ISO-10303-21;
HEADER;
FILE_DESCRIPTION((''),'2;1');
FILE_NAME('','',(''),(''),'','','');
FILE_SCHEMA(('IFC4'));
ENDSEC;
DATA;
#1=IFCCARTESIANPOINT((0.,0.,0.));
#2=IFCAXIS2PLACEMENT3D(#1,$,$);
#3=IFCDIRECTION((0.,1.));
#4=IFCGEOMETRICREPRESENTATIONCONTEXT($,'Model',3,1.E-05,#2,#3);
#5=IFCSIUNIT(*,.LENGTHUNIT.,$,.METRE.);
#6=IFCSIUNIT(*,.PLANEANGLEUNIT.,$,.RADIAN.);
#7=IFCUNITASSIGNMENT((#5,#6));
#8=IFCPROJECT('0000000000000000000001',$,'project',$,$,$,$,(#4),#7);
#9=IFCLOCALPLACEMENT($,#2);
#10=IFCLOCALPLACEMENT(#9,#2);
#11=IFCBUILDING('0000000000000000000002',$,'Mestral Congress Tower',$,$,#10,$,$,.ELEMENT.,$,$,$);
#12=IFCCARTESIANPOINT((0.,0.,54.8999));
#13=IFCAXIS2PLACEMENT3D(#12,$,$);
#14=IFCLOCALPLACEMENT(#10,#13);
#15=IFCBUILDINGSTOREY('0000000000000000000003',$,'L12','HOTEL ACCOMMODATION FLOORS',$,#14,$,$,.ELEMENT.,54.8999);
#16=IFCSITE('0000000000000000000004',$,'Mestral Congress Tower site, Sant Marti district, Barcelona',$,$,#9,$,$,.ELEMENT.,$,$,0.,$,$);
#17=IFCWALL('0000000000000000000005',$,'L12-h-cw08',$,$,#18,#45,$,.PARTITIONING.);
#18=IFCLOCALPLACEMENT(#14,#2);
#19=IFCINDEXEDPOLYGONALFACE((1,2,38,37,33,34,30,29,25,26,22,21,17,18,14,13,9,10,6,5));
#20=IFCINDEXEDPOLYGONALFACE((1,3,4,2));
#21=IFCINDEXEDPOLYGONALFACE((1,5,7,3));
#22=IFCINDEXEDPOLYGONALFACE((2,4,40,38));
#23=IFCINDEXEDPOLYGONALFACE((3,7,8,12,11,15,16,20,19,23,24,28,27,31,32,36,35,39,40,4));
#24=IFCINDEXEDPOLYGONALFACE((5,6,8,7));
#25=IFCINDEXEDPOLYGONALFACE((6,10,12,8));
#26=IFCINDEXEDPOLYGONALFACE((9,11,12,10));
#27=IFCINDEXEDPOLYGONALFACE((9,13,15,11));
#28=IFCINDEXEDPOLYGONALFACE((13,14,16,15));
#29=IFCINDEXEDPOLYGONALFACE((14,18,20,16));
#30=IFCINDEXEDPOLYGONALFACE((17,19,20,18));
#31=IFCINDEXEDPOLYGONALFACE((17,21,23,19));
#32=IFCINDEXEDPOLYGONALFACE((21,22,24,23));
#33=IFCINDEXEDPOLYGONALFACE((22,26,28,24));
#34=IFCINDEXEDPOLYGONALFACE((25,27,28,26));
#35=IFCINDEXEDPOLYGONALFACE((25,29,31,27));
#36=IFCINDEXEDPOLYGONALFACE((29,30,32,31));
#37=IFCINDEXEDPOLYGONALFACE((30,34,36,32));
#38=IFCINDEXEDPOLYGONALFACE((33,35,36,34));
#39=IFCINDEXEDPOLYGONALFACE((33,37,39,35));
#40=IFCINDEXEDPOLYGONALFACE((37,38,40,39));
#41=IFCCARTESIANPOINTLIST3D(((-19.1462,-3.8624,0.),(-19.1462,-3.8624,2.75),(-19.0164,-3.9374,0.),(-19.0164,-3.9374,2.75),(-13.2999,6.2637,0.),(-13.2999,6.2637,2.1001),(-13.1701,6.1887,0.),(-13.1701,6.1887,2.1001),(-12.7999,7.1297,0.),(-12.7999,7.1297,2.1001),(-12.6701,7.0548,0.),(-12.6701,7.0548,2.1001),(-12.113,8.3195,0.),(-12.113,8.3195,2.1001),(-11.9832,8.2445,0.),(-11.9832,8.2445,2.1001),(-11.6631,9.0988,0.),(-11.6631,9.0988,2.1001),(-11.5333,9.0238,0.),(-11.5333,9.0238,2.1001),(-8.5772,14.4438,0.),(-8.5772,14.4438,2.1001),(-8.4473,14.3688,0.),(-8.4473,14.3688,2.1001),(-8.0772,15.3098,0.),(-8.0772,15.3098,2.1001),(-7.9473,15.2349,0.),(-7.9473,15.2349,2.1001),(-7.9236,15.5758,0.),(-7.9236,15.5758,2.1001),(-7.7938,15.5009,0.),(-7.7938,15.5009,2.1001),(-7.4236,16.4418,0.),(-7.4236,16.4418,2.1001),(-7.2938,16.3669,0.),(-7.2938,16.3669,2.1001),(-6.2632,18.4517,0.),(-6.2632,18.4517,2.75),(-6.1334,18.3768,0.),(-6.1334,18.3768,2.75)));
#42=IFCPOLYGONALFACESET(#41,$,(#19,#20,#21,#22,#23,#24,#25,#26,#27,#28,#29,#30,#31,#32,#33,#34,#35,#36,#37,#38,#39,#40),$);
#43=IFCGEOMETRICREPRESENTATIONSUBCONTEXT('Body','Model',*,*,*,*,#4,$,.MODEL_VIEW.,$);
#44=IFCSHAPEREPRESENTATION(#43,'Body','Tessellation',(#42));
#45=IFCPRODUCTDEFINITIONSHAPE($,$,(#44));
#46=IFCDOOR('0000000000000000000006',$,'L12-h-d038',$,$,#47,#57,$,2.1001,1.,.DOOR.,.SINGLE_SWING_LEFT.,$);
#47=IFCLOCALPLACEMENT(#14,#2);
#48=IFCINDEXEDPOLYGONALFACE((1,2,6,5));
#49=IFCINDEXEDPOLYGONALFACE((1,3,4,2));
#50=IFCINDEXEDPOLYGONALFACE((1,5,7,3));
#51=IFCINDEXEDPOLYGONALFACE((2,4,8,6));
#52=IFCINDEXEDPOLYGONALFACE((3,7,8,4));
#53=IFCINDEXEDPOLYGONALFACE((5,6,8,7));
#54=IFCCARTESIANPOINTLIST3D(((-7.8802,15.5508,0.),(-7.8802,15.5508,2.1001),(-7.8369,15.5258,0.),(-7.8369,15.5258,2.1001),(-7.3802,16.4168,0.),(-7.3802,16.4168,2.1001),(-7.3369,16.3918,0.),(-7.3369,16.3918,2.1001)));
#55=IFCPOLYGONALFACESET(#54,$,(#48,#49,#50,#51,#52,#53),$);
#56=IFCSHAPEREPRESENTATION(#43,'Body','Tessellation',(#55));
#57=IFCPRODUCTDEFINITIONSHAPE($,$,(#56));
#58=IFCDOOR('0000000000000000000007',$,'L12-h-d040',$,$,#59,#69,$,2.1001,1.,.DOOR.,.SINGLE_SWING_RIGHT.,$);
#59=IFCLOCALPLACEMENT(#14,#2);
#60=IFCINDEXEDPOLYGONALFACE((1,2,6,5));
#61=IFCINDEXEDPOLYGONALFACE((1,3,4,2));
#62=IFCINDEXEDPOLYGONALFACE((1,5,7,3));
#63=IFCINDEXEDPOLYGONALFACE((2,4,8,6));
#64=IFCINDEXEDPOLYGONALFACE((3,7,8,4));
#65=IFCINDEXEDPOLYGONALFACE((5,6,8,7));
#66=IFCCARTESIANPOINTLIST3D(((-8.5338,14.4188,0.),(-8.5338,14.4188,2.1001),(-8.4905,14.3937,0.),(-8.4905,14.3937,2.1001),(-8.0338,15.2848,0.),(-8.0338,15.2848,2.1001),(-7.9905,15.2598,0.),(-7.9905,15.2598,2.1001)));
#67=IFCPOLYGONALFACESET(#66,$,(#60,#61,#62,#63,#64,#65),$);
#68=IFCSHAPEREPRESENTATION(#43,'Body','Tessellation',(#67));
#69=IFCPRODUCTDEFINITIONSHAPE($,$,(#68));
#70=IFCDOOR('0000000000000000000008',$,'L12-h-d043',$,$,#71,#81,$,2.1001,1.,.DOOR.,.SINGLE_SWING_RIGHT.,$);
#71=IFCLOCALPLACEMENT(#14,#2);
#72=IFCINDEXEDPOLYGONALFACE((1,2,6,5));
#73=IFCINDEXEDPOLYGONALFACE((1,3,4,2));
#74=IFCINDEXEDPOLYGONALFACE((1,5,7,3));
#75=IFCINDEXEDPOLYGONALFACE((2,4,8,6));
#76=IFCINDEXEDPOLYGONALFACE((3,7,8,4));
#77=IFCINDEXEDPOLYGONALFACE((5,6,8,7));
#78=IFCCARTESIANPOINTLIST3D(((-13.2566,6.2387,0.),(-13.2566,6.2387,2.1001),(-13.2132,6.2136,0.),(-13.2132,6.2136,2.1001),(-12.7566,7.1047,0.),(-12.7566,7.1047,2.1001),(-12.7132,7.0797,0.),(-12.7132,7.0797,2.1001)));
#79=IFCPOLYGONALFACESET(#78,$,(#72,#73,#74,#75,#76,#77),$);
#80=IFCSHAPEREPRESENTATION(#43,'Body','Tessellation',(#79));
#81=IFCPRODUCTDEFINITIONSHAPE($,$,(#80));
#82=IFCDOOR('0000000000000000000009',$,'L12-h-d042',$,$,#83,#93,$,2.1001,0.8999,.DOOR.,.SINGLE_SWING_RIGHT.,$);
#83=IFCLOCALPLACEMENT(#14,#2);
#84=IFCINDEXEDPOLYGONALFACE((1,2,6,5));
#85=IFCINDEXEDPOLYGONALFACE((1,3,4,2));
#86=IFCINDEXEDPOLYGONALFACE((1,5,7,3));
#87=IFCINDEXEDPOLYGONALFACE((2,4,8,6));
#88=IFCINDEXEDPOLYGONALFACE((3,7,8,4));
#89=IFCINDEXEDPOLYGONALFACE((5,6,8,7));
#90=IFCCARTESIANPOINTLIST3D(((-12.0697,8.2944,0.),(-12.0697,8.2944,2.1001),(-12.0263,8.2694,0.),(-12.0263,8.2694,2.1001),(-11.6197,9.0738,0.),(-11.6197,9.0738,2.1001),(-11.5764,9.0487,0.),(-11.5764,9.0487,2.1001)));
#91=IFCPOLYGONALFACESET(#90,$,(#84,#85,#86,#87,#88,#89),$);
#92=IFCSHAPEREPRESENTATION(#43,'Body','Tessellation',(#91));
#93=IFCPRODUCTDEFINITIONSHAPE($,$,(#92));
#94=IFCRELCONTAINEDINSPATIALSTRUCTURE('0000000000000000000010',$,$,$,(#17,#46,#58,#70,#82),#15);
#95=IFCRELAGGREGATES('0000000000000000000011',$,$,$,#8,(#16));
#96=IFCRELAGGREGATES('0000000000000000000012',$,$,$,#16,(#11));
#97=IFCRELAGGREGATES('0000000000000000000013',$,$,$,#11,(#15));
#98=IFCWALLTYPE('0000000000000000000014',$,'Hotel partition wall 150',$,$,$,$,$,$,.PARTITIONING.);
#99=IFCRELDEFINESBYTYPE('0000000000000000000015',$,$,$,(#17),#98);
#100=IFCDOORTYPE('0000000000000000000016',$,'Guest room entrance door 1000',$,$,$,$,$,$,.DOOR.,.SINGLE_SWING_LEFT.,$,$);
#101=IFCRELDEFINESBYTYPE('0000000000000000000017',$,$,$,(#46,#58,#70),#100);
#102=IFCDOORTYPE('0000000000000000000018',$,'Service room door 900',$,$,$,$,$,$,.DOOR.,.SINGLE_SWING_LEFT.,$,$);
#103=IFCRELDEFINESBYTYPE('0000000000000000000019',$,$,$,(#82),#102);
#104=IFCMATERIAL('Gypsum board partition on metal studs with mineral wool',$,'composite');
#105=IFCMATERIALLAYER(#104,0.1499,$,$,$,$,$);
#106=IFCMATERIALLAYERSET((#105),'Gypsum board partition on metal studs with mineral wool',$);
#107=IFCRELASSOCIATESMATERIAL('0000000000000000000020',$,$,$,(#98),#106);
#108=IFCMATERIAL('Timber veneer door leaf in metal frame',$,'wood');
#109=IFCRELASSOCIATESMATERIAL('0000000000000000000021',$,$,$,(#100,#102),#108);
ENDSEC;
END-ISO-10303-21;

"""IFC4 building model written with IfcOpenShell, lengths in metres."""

from ifc_helpers import new_model, si_unit, direction, frame, frame_2d, origin, place, context, subcontext, project, spatial, rectangle, extrude, material, layer, layer_set, type_object, element, fill, save


model = new_model("IFC4")

# Units and contexts
model_context = context("Model", 3, precision=1e-05, world=origin(), true_north=direction((0.0, 1.0)))
body_context = subcontext(model_context, "Body", "Model", "MODEL_VIEW")
ifc_project = project(units=[si_unit("LENGTHUNIT", "METRE"), si_unit("PLANEANGLEUNIT", "RADIAN")], contexts=[model_context])

# Site, building, storey
site_placement = place(None, origin())
site = spatial("IfcSite", under=ifc_project, at=site_placement, Name="Mestral Congress Tower site, Sant Marti district, Barcelona", CompositionType="ELEMENT", RefElevation=0.0)
building_placement = place(site_placement, origin())
building = spatial("IfcBuilding", under=site, at=building_placement, Name="Mestral Congress Tower", CompositionType="ELEMENT")
storey_placement = place(building_placement, frame((0.0, 0.0, 54.8999)))
storey = spatial("IfcBuildingStorey", under=building, at=storey_placement, Name="L12", Description="HOTEL ACCOMMODATION FLOORS", CompositionType="ELEMENT", Elevation=54.8999)

# Shared definitions
ifc_material_1 = material(Name="Gypsum board partition on metal studs with mineral wool", Category="composite")

# Wall, openings, doors
ifc_layer_1 = layer(ifc_material_1, 0.1499)
ifc_layer_set_1 = layer_set([ifc_layer_1], Name="Gypsum board partition on metal studs with mineral wool")
wall_type_1 = type_object("IfcWallType", Name="Hotel partition wall 150", PredefinedType="PARTITIONING", material=ifc_layer_set_1)
wall_1_placement = place(storey_placement, frame((-19.0813, -3.8999, 0.0), z_axis=(0.0, 0.0, 1.0), x_axis=(0.499998, 0.866026, 0.0)))
wall_1 = element("IfcWall", 1, at=wall_1_placement, inside=storey, type_object=wall_type_1, Name="L12-h-cw08", PredefinedType="PARTITIONING", context=body_context, shape_type="SweptSolid", body=[
    extrude(rectangle(XDim=25.7661, YDim=0.1499, at=frame_2d((12.8831, 0.0))), origin(), (0.0, 0.0, 1.0), 2.75),
])
opening_1_placement = place(wall_1_placement, frame((22.4453, 0.0, 0.0)))
opening_1 = element("IfcOpeningElement", 2, at=opening_1_placement, cuts=wall_1, PredefinedType="OPENING", context=body_context, shape_type="SweptSolid", body=[
    extrude(rectangle(XDim=1.0, YDim=2.1001, at=frame_2d((0.5, 1.05))), frame((0.0, 0.085, 0.0), z_axis=(0.0, -1.0, 0.0), x_axis=(1.0, 0.0, 0.0)), (0.0, 0.0, 1.0), 0.1699),
])
opening_2_placement = place(wall_1_placement, frame((21.1382, 0.0, 0.0)))
opening_2 = element("IfcOpeningElement", 3, at=opening_2_placement, cuts=wall_1, PredefinedType="OPENING", context=body_context, shape_type="SweptSolid", body=[
    extrude(rectangle(XDim=1.0, YDim=2.1001, at=frame_2d((0.5, 1.05))), frame((0.0, 0.085, 0.0), z_axis=(0.0, -1.0, 0.0), x_axis=(1.0, 0.0, 0.0)), (0.0, 0.0, 1.0), 0.1699),
])
opening_3_placement = place(wall_1_placement, frame((14.0664, 0.0, 0.0)))
opening_3 = element("IfcOpeningElement", 4, at=opening_3_placement, cuts=wall_1, PredefinedType="OPENING", context=body_context, shape_type="SweptSolid", body=[
    extrude(rectangle(XDim=0.8999, YDim=2.1001, at=frame_2d((0.45, 1.05))), frame((0.0, 0.085, 0.0), z_axis=(0.0, -1.0, 0.0), x_axis=(1.0, 0.0, 0.0)), (0.0, 0.0, 1.0), 0.1699),
])
opening_4_placement = place(wall_1_placement, frame((11.6926, 0.0, 0.0)))
opening_4 = element("IfcOpeningElement", 5, at=opening_4_placement, cuts=wall_1, PredefinedType="OPENING", context=body_context, shape_type="SweptSolid", body=[
    extrude(rectangle(XDim=1.0, YDim=2.1001, at=frame_2d((0.5, 1.05))), frame((0.0, 0.085, 0.0), z_axis=(0.0, -1.0, 0.0), x_axis=(1.0, 0.0, 0.0)), (0.0, 0.0, 1.0), 0.1699),
])
ifc_material_2 = material(Name="Timber veneer door leaf in metal frame", Category="wood")
door_type_1 = type_object("IfcDoorType", Name="Guest room entrance door 1000", OperationType="SINGLE_SWING_LEFT", PredefinedType="DOOR", material=ifc_material_2)
door_1_placement = place(opening_1_placement, origin())
door_1 = element("IfcDoor", 6, at=door_1_placement, inside=storey, type_object=door_type_1, Name="L12-h-d038", OperationType="SINGLE_SWING_LEFT", OverallHeight=2.1001, OverallWidth=1.0, PredefinedType="DOOR", context=body_context, shape_type="SweptSolid", body=[
    extrude(rectangle(XDim=1.0, YDim=2.1001, at=frame_2d((0.5, 1.05))), frame((0.0, 0.0249, 0.0), z_axis=(0.0, -1.0, 0.0), x_axis=(1.0, 0.0, 0.0)), (0.0, 0.0, 1.0), 0.05),
])
fill(opening_1, door_1)
door_2_placement = place(opening_2_placement, origin())
door_2 = element("IfcDoor", 7, at=door_2_placement, inside=storey, type_object=door_type_1, Name="L12-h-d040", OperationType="SINGLE_SWING_RIGHT", OverallHeight=2.1001, OverallWidth=1.0, PredefinedType="DOOR", context=body_context, shape_type="SweptSolid", body=[
    extrude(rectangle(XDim=1.0, YDim=2.1001, at=frame_2d((0.5, 1.05))), frame((0.0, 0.0249, 0.0), z_axis=(0.0, -1.0, 0.0), x_axis=(1.0, 0.0, 0.0)), (0.0, 0.0, 1.0), 0.05),
])
fill(opening_2, door_2)
door_3_placement = place(opening_4_placement, origin())
door_3 = element("IfcDoor", 8, at=door_3_placement, inside=storey, type_object=door_type_1, Name="L12-h-d043", OperationType="SINGLE_SWING_RIGHT", OverallHeight=2.1001, OverallWidth=1.0, PredefinedType="DOOR", context=body_context, shape_type="SweptSolid", body=[
    extrude(rectangle(XDim=1.0, YDim=2.1001, at=frame_2d((0.5, 1.05))), frame((0.0, 0.0249, 0.0), z_axis=(0.0, -1.0, 0.0), x_axis=(1.0, 0.0, 0.0)), (0.0, 0.0, 1.0), 0.05),
])
fill(opening_4, door_3)
door_type_2 = type_object("IfcDoorType", Name="Service room door 900", OperationType="SINGLE_SWING_LEFT", PredefinedType="DOOR", material=ifc_material_2)
door_4_placement = place(opening_3_placement, origin())
door_4 = element("IfcDoor", 9, at=door_4_placement, inside=storey, type_object=door_type_2, Name="L12-h-d042", OperationType="SINGLE_SWING_RIGHT", OverallHeight=2.1001, OverallWidth=0.8999, PredefinedType="DOOR", context=body_context, shape_type="SweptSolid", body=[
    extrude(rectangle(XDim=0.8999, YDim=2.1001, at=frame_2d((0.45, 1.05))), frame((0.0, 0.0249, 0.0), z_axis=(0.0, -1.0, 0.0), x_axis=(1.0, 0.0, 0.0)), (0.0, 0.0, 1.0), 0.05),
])
fill(opening_3, door_4)

save(model, "model.ifc")
